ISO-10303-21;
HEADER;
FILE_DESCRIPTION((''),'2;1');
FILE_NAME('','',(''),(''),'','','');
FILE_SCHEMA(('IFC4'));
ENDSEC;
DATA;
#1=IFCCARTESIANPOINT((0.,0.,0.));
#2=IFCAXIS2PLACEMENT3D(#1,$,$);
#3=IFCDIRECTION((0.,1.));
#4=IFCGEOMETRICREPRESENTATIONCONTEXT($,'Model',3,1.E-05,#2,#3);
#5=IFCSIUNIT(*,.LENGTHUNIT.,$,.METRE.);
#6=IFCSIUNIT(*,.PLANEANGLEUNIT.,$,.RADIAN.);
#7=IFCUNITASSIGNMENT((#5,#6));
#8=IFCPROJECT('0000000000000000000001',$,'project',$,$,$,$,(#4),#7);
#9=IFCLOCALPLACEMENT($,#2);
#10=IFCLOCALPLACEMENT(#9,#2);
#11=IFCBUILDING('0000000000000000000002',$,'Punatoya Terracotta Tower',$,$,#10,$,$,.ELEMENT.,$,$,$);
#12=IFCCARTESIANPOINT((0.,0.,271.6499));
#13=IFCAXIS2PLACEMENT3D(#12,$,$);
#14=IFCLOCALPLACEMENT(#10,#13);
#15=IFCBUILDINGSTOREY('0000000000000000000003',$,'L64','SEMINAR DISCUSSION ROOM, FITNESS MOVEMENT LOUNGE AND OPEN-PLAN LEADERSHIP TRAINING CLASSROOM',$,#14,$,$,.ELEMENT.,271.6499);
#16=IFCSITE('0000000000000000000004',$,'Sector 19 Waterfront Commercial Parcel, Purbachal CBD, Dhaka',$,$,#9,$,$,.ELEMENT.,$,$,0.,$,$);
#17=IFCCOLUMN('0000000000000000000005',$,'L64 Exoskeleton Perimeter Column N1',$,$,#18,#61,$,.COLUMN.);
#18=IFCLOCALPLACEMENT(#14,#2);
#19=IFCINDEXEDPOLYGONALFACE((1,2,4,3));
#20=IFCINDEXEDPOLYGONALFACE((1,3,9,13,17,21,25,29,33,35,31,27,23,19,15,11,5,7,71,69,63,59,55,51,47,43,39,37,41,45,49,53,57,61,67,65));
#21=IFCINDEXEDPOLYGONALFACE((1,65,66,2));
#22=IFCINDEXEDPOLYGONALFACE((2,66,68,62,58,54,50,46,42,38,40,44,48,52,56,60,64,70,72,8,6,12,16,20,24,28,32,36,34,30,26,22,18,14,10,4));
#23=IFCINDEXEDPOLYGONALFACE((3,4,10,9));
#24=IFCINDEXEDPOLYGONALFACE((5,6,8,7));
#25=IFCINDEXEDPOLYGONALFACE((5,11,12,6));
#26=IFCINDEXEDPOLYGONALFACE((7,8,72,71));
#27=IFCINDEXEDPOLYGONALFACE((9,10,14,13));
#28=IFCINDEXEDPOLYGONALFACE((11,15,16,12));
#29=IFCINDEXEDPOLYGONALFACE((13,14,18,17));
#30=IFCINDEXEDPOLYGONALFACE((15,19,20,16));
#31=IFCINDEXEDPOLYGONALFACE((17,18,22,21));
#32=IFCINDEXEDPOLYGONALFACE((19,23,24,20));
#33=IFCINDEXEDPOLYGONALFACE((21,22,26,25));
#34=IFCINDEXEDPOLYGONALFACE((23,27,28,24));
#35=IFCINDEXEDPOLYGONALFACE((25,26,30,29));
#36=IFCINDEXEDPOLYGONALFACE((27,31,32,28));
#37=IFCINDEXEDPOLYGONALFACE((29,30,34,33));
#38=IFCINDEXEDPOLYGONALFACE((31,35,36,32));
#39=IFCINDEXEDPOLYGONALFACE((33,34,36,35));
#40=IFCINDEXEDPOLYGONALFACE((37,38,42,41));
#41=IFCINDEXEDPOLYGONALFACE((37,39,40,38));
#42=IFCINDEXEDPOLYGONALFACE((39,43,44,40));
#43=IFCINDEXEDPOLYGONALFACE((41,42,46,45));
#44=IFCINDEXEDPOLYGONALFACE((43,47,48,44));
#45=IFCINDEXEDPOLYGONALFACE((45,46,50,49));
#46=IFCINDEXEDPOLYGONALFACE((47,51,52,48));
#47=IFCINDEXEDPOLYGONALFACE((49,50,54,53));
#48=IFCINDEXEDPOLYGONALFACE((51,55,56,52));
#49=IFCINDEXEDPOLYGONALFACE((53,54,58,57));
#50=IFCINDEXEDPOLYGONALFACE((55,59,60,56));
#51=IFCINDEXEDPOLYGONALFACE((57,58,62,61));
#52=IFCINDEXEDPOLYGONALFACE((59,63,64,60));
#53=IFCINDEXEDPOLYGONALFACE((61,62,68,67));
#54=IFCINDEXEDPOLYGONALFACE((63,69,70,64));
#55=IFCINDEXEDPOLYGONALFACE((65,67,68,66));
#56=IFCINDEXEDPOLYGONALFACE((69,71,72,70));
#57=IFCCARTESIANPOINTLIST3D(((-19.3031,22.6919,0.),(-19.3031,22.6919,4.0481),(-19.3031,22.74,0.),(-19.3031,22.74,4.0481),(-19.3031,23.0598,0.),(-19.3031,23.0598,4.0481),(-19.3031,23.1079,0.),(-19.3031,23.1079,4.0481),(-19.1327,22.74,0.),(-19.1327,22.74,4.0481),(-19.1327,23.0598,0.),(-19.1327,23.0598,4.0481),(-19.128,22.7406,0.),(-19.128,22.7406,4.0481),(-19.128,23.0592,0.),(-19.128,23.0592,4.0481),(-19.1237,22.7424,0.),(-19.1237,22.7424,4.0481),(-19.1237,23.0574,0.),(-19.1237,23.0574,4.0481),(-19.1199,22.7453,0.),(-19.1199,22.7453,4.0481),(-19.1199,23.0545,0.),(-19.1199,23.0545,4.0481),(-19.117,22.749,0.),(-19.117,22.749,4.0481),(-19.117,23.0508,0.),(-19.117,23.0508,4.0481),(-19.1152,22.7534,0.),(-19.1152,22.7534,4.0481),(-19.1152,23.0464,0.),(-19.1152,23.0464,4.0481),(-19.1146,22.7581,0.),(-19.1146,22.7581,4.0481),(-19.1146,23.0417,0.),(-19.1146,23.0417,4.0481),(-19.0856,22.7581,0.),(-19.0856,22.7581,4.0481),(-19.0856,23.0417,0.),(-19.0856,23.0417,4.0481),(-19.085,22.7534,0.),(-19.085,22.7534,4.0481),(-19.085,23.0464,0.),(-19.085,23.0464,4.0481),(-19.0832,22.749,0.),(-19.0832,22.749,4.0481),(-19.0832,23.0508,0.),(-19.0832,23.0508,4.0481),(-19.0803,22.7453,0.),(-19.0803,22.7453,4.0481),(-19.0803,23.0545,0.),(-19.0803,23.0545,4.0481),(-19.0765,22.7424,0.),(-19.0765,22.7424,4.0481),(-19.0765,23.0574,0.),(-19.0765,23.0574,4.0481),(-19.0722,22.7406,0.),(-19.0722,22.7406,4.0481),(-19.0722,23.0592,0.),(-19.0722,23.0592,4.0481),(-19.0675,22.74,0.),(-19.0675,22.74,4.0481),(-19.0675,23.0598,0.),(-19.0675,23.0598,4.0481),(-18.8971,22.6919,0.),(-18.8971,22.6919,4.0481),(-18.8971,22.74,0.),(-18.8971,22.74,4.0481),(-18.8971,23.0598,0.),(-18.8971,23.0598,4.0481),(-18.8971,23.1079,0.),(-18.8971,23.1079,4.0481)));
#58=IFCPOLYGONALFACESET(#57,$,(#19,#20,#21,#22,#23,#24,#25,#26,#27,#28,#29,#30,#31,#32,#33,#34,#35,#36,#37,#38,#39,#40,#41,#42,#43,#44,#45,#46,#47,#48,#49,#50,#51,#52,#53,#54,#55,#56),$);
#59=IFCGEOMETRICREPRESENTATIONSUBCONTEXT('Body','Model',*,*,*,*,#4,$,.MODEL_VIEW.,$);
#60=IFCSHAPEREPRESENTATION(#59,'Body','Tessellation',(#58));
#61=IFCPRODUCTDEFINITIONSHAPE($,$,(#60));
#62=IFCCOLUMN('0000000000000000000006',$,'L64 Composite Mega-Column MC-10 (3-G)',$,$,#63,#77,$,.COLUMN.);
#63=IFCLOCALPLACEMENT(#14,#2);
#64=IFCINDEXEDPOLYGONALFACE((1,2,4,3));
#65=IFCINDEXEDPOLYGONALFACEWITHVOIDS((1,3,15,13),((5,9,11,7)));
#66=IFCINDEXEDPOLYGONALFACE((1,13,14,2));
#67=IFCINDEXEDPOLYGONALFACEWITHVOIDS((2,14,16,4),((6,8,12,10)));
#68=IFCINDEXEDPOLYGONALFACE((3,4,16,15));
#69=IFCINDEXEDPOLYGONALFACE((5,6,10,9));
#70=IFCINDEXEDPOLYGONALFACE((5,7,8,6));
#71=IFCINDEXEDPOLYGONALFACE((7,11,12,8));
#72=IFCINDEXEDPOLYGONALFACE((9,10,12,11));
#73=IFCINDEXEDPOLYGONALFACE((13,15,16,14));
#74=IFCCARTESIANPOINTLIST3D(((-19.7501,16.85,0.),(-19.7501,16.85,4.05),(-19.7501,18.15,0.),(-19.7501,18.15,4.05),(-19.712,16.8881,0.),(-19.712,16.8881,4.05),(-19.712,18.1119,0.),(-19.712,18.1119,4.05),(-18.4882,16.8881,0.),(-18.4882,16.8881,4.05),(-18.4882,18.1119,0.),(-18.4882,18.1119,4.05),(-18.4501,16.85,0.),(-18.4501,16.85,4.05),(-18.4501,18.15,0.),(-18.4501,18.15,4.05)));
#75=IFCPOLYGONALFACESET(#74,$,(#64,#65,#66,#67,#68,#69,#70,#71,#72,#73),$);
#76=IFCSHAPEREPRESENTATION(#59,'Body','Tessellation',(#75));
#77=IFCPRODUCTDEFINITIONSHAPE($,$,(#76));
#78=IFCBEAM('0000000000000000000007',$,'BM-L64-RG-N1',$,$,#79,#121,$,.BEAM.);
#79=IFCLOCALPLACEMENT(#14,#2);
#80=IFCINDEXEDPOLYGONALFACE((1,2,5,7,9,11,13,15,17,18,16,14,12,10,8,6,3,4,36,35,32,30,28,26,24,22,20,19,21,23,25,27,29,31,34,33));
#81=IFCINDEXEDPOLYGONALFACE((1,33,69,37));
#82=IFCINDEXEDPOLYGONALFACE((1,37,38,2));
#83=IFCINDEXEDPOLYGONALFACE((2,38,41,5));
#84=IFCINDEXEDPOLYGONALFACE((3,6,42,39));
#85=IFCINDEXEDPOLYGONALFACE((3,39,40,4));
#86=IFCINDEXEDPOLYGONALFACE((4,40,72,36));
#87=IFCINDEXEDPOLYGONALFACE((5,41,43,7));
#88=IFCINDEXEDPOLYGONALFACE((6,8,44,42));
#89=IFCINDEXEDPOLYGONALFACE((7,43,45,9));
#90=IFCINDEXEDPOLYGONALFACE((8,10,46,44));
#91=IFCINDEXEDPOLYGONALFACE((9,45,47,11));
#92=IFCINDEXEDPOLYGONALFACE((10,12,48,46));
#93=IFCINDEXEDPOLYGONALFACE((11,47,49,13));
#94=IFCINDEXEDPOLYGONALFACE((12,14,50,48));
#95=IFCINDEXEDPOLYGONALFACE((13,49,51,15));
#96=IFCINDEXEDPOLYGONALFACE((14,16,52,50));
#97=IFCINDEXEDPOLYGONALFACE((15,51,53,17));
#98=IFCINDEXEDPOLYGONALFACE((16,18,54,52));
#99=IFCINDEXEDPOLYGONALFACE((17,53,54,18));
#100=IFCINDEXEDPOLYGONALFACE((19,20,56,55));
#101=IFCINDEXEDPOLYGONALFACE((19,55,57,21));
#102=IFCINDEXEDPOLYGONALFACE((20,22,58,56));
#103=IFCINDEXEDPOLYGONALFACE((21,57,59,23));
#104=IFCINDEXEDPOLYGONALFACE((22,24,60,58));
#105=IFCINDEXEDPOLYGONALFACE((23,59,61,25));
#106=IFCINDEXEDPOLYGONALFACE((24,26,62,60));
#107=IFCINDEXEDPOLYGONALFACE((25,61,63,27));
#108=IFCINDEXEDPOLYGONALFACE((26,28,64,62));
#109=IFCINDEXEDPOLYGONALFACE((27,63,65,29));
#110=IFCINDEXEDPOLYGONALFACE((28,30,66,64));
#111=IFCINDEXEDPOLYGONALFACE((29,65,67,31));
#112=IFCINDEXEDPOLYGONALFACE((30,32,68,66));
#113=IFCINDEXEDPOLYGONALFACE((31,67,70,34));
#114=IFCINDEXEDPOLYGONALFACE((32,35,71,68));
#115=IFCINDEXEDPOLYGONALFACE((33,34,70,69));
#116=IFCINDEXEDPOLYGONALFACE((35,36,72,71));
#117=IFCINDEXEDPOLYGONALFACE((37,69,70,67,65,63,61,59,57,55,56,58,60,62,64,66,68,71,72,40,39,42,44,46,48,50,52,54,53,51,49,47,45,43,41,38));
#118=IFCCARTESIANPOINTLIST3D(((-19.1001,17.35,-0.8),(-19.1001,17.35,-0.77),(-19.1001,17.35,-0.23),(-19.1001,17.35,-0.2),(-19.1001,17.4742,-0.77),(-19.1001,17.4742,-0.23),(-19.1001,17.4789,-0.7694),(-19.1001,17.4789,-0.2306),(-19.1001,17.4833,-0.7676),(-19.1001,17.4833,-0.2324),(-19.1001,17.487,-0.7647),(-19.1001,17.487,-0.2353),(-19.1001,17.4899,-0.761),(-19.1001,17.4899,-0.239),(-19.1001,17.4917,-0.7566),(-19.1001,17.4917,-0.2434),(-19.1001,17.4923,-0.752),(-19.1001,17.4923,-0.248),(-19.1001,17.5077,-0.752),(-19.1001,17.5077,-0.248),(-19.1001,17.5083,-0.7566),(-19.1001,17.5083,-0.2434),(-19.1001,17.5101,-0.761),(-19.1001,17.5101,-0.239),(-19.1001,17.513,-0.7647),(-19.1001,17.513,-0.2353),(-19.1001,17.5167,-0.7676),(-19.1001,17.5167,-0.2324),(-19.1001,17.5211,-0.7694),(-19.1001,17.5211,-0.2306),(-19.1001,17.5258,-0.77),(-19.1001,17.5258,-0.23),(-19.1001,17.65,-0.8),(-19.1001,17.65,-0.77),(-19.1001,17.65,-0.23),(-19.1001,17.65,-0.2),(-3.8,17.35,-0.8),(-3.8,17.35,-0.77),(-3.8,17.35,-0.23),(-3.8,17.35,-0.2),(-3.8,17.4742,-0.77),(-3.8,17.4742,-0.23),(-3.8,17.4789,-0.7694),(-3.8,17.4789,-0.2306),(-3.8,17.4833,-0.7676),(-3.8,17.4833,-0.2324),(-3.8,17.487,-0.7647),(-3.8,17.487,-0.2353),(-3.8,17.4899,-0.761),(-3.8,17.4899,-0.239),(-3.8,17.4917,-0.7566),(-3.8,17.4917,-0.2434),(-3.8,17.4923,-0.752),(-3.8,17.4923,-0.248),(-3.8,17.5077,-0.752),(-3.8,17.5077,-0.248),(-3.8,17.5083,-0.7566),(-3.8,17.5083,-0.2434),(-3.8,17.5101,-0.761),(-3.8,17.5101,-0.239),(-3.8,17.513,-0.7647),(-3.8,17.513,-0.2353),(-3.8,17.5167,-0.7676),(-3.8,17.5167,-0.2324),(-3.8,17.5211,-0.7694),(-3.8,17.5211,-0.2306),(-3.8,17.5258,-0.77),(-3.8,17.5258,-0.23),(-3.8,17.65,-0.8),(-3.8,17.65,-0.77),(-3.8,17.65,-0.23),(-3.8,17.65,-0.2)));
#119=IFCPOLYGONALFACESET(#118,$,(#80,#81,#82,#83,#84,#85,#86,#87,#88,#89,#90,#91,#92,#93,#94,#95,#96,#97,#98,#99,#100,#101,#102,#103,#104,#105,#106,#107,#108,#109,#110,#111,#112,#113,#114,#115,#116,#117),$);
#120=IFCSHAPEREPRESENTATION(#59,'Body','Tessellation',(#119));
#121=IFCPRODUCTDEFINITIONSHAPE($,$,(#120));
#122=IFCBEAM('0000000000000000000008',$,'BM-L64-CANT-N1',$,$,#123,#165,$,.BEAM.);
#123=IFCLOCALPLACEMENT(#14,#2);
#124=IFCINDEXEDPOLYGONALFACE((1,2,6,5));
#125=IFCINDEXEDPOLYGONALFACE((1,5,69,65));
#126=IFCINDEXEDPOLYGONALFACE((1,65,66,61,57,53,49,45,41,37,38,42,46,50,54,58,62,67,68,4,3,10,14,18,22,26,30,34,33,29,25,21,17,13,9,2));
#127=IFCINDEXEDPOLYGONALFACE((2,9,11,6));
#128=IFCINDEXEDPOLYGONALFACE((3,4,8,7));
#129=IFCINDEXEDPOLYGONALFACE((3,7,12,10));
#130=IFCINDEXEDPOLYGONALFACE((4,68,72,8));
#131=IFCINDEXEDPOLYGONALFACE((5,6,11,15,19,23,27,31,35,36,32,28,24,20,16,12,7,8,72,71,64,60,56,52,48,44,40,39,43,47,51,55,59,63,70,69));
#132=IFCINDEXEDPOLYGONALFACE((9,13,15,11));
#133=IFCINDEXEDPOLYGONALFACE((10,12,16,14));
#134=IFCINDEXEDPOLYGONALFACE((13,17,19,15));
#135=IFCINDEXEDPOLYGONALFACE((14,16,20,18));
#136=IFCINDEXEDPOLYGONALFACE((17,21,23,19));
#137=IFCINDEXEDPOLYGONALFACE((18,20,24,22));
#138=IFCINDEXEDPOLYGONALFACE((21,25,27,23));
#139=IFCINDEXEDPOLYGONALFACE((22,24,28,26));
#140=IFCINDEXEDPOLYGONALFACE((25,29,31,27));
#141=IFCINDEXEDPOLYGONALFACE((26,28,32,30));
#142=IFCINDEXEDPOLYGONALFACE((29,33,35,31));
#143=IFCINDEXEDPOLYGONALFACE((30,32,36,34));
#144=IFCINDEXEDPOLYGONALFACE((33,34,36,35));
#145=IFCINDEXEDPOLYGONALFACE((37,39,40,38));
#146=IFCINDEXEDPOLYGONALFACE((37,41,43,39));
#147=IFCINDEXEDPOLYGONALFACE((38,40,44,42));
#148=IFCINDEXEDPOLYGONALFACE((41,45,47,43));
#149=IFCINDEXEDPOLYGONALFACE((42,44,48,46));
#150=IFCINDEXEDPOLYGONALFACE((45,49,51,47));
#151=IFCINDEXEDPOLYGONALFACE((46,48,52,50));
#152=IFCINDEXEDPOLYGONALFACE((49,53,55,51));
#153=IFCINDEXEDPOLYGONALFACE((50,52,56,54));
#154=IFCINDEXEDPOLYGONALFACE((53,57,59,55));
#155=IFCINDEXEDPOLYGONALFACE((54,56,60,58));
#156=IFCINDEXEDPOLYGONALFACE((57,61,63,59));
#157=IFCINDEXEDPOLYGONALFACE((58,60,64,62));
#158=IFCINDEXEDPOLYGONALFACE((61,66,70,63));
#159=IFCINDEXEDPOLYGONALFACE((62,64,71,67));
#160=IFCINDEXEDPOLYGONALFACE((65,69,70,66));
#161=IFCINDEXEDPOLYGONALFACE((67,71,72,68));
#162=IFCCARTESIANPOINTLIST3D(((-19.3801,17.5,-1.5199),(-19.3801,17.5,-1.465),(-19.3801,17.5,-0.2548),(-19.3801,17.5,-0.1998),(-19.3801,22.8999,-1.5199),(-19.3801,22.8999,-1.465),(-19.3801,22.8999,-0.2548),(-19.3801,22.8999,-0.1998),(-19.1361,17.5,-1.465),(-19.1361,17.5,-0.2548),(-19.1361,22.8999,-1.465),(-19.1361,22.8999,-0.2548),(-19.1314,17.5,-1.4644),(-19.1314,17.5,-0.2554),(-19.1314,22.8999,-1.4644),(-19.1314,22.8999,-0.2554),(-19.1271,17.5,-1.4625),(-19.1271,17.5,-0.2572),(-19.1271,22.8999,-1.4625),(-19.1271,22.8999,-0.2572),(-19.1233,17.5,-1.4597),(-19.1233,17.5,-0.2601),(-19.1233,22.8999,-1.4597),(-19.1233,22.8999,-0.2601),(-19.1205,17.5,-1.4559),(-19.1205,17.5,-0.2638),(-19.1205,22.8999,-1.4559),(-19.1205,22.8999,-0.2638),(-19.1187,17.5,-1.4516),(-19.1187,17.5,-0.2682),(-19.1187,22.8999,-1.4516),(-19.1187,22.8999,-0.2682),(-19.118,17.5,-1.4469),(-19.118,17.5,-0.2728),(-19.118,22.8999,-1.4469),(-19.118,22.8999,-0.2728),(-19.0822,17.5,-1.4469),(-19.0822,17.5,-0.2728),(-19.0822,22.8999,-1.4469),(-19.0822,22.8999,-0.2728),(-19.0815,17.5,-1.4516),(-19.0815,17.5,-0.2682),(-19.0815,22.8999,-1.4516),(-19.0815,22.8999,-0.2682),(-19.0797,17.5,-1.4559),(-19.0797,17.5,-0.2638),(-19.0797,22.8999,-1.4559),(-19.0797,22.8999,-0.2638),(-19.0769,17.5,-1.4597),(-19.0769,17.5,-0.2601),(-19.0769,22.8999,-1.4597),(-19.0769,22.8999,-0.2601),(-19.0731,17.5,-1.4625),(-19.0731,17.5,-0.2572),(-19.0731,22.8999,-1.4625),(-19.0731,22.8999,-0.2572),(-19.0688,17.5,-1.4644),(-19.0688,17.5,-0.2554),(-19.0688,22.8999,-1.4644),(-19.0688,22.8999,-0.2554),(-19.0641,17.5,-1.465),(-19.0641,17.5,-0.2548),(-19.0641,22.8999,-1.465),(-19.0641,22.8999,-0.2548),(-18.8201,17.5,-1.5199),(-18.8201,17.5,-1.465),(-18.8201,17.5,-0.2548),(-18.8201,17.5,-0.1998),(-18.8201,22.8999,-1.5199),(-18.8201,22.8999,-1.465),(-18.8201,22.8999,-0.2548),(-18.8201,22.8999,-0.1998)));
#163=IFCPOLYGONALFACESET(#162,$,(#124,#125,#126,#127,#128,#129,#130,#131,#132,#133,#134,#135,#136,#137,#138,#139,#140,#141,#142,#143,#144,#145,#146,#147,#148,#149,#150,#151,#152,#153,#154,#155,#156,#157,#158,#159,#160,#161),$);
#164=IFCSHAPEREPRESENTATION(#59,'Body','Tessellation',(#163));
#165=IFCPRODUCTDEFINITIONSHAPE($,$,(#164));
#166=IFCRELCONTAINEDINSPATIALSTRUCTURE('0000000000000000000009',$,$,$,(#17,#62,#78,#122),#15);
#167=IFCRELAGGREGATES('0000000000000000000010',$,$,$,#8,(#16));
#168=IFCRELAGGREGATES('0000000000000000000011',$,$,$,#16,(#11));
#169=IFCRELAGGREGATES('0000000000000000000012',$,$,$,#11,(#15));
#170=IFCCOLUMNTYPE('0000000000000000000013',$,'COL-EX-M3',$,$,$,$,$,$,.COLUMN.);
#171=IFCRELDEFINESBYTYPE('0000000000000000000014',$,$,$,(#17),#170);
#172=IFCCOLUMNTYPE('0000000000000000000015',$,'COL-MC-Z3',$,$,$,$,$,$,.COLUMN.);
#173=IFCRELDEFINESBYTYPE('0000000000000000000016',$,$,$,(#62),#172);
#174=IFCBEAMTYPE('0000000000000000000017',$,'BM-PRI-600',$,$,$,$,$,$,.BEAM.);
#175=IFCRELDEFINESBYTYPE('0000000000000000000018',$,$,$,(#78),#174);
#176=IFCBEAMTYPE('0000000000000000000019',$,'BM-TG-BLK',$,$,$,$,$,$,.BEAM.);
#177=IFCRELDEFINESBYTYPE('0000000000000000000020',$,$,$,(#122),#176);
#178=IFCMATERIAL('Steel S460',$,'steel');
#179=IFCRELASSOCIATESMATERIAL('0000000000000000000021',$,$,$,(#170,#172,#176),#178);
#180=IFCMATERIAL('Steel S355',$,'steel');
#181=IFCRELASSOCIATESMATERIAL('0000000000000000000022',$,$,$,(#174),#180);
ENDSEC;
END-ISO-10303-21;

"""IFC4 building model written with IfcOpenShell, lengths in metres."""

from ifc_helpers import new_model, si_unit, direction, frame, origin, origin_2d, place, context, subcontext, project, spatial, hollow_rectangle, i_section, extrude, material, material_profile, profile_set, type_object, element, save


model = new_model("IFC4")

# Units and contexts
model_context = context("Model", 3, precision=1e-05, world=origin(), true_north=direction((0.0, 1.0)))
body_context = subcontext(model_context, "Body", "Model", "MODEL_VIEW")
ifc_project = project(units=[si_unit("LENGTHUNIT", "METRE"), si_unit("PLANEANGLEUNIT", "RADIAN")], contexts=[model_context])

# Site, building, storey
site_placement = place(None, origin())
site = spatial("IfcSite", under=ifc_project, at=site_placement, Name="Sector 19 Waterfront Commercial Parcel, Purbachal CBD, Dhaka", CompositionType="ELEMENT", RefElevation=0.0)
building_placement = place(site_placement, origin())
building = spatial("IfcBuilding", under=site, at=building_placement, Name="Punatoya Terracotta Tower", CompositionType="ELEMENT")
storey_placement = place(building_placement, frame((0.0, 0.0, 271.6499)))
storey = spatial("IfcBuildingStorey", under=building, at=storey_placement, Name="L64", Description="SEMINAR DISCUSSION ROOM, FITNESS MOVEMENT LOUNGE AND OPEN-PLAN LEADERSHIP TRAINING CLASSROOM", CompositionType="ELEMENT", Elevation=271.6499)

# Columns
ifc_material_1 = material(Name="Steel S460", Category="steel")
ifc_material_profile_1 = material_profile(ifc_material_1, i_section(OverallWidth=0.406, OverallDepth=0.416, WebThickness=0.0291, FlangeThickness=0.0481, FilletRadius=0.0181, at=origin_2d()))
ifc_profile_set_1 = profile_set([ifc_material_profile_1], Name="Steel S460")
column_type_1 = type_object("IfcColumnType", Name="COL-EX-M3", PredefinedType="COLUMN", material=ifc_profile_set_1)
column_1_placement = place(storey_placement, frame((-19.1001, 22.8999, 0.0), z_axis=(0.0, 0.0, 1.0), x_axis=(1.0, 0.0, 0.0)))
element("IfcColumn", 1, at=column_1_placement, inside=storey, type_object=column_type_1, Name="L64 Exoskeleton Perimeter Column N1", PredefinedType="COLUMN", context=body_context, shape_type="SweptSolid", body=[
    extrude(i_section(OverallWidth=0.406, OverallDepth=0.416, WebThickness=0.0291, FlangeThickness=0.0481, FilletRadius=0.0181, at=origin_2d()), origin(), (0.0, 0.0, 1.0), 4.0481),
])
ifc_material_profile_2 = material_profile(ifc_material_1, hollow_rectangle(XDim=1.3, YDim=1.3, WallThickness=0.0381, at=origin_2d()))
ifc_profile_set_2 = profile_set([ifc_material_profile_2], Name="Steel S460")
column_type_2 = type_object("IfcColumnType", Name="COL-MC-Z3", PredefinedType="COLUMN", material=ifc_profile_set_2)
column_2_placement = place(storey_placement, frame((-19.1001, 17.5, 0.0), z_axis=(0.0, 0.0, 1.0), x_axis=(1.0, 0.0, 0.0)))
element("IfcColumn", 2, at=column_2_placement, inside=storey, type_object=column_type_2, Name="L64 Composite Mega-Column MC-10 (3-G)", PredefinedType="COLUMN", context=body_context, shape_type="SweptSolid", body=[
    extrude(hollow_rectangle(XDim=1.3, YDim=1.3, WallThickness=0.0381, at=origin_2d()), origin(), (0.0, 0.0, 1.0), 4.05),
])

# Beams
ifc_material_2 = material(Name="Steel S355", Category="steel")
ifc_material_profile_3 = material_profile(ifc_material_2, i_section(OverallWidth=0.3, OverallDepth=0.6001, WebThickness=0.0154, FlangeThickness=0.03, FilletRadius=0.0181, at=origin_2d()))
ifc_profile_set_3 = profile_set([ifc_material_profile_3], Name="Steel S355")
beam_type_1 = type_object("IfcBeamType", Name="BM-PRI-600", PredefinedType="BEAM", material=ifc_profile_set_3)
beam_1_placement = place(storey_placement, frame((-19.1001, 17.5, -0.5), z_axis=(1.0, 0.0, 0.0), x_axis=(0.0, 1.0, 0.0)))
element("IfcBeam", 3, at=beam_1_placement, inside=storey, type_object=beam_type_1, Name="BM-L64-RG-N1", PredefinedType="BEAM", context=body_context, shape_type="SweptSolid", body=[
    extrude(i_section(OverallWidth=0.3, OverallDepth=0.6001, WebThickness=0.0154, FlangeThickness=0.03, FilletRadius=0.0181, at=origin_2d()), origin(), (0.0, 0.0, 1.0), 15.3),
])
ifc_material_profile_4 = material_profile(ifc_material_1, i_section(OverallWidth=0.5601, OverallDepth=1.3201, WebThickness=0.0359, FlangeThickness=0.0549, FilletRadius=0.0181, at=origin_2d()))
ifc_profile_set_4 = profile_set([ifc_material_profile_4], Name="Steel S460")
beam_type_2 = type_object("IfcBeamType", Name="BM-TG-BLK", PredefinedType="BEAM", material=ifc_profile_set_4)
beam_2_placement = place(storey_placement, frame((-19.1001, 17.5, -0.8599), z_axis=(0.0, 1.0, 0.0), x_axis=(-1.0, 0.0, 0.0)))
element("IfcBeam", 4, at=beam_2_placement, inside=storey, type_object=beam_type_2, Name="BM-L64-CANT-N1", PredefinedType="BEAM", context=body_context, shape_type="SweptSolid", body=[
    extrude(i_section(OverallWidth=0.5601, OverallDepth=1.3201, WebThickness=0.0359, FlangeThickness=0.0549, FilletRadius=0.0181, at=origin_2d()), origin(), (0.0, 0.0, 1.0), 5.3999),
])

save(model, "model.ifc")
